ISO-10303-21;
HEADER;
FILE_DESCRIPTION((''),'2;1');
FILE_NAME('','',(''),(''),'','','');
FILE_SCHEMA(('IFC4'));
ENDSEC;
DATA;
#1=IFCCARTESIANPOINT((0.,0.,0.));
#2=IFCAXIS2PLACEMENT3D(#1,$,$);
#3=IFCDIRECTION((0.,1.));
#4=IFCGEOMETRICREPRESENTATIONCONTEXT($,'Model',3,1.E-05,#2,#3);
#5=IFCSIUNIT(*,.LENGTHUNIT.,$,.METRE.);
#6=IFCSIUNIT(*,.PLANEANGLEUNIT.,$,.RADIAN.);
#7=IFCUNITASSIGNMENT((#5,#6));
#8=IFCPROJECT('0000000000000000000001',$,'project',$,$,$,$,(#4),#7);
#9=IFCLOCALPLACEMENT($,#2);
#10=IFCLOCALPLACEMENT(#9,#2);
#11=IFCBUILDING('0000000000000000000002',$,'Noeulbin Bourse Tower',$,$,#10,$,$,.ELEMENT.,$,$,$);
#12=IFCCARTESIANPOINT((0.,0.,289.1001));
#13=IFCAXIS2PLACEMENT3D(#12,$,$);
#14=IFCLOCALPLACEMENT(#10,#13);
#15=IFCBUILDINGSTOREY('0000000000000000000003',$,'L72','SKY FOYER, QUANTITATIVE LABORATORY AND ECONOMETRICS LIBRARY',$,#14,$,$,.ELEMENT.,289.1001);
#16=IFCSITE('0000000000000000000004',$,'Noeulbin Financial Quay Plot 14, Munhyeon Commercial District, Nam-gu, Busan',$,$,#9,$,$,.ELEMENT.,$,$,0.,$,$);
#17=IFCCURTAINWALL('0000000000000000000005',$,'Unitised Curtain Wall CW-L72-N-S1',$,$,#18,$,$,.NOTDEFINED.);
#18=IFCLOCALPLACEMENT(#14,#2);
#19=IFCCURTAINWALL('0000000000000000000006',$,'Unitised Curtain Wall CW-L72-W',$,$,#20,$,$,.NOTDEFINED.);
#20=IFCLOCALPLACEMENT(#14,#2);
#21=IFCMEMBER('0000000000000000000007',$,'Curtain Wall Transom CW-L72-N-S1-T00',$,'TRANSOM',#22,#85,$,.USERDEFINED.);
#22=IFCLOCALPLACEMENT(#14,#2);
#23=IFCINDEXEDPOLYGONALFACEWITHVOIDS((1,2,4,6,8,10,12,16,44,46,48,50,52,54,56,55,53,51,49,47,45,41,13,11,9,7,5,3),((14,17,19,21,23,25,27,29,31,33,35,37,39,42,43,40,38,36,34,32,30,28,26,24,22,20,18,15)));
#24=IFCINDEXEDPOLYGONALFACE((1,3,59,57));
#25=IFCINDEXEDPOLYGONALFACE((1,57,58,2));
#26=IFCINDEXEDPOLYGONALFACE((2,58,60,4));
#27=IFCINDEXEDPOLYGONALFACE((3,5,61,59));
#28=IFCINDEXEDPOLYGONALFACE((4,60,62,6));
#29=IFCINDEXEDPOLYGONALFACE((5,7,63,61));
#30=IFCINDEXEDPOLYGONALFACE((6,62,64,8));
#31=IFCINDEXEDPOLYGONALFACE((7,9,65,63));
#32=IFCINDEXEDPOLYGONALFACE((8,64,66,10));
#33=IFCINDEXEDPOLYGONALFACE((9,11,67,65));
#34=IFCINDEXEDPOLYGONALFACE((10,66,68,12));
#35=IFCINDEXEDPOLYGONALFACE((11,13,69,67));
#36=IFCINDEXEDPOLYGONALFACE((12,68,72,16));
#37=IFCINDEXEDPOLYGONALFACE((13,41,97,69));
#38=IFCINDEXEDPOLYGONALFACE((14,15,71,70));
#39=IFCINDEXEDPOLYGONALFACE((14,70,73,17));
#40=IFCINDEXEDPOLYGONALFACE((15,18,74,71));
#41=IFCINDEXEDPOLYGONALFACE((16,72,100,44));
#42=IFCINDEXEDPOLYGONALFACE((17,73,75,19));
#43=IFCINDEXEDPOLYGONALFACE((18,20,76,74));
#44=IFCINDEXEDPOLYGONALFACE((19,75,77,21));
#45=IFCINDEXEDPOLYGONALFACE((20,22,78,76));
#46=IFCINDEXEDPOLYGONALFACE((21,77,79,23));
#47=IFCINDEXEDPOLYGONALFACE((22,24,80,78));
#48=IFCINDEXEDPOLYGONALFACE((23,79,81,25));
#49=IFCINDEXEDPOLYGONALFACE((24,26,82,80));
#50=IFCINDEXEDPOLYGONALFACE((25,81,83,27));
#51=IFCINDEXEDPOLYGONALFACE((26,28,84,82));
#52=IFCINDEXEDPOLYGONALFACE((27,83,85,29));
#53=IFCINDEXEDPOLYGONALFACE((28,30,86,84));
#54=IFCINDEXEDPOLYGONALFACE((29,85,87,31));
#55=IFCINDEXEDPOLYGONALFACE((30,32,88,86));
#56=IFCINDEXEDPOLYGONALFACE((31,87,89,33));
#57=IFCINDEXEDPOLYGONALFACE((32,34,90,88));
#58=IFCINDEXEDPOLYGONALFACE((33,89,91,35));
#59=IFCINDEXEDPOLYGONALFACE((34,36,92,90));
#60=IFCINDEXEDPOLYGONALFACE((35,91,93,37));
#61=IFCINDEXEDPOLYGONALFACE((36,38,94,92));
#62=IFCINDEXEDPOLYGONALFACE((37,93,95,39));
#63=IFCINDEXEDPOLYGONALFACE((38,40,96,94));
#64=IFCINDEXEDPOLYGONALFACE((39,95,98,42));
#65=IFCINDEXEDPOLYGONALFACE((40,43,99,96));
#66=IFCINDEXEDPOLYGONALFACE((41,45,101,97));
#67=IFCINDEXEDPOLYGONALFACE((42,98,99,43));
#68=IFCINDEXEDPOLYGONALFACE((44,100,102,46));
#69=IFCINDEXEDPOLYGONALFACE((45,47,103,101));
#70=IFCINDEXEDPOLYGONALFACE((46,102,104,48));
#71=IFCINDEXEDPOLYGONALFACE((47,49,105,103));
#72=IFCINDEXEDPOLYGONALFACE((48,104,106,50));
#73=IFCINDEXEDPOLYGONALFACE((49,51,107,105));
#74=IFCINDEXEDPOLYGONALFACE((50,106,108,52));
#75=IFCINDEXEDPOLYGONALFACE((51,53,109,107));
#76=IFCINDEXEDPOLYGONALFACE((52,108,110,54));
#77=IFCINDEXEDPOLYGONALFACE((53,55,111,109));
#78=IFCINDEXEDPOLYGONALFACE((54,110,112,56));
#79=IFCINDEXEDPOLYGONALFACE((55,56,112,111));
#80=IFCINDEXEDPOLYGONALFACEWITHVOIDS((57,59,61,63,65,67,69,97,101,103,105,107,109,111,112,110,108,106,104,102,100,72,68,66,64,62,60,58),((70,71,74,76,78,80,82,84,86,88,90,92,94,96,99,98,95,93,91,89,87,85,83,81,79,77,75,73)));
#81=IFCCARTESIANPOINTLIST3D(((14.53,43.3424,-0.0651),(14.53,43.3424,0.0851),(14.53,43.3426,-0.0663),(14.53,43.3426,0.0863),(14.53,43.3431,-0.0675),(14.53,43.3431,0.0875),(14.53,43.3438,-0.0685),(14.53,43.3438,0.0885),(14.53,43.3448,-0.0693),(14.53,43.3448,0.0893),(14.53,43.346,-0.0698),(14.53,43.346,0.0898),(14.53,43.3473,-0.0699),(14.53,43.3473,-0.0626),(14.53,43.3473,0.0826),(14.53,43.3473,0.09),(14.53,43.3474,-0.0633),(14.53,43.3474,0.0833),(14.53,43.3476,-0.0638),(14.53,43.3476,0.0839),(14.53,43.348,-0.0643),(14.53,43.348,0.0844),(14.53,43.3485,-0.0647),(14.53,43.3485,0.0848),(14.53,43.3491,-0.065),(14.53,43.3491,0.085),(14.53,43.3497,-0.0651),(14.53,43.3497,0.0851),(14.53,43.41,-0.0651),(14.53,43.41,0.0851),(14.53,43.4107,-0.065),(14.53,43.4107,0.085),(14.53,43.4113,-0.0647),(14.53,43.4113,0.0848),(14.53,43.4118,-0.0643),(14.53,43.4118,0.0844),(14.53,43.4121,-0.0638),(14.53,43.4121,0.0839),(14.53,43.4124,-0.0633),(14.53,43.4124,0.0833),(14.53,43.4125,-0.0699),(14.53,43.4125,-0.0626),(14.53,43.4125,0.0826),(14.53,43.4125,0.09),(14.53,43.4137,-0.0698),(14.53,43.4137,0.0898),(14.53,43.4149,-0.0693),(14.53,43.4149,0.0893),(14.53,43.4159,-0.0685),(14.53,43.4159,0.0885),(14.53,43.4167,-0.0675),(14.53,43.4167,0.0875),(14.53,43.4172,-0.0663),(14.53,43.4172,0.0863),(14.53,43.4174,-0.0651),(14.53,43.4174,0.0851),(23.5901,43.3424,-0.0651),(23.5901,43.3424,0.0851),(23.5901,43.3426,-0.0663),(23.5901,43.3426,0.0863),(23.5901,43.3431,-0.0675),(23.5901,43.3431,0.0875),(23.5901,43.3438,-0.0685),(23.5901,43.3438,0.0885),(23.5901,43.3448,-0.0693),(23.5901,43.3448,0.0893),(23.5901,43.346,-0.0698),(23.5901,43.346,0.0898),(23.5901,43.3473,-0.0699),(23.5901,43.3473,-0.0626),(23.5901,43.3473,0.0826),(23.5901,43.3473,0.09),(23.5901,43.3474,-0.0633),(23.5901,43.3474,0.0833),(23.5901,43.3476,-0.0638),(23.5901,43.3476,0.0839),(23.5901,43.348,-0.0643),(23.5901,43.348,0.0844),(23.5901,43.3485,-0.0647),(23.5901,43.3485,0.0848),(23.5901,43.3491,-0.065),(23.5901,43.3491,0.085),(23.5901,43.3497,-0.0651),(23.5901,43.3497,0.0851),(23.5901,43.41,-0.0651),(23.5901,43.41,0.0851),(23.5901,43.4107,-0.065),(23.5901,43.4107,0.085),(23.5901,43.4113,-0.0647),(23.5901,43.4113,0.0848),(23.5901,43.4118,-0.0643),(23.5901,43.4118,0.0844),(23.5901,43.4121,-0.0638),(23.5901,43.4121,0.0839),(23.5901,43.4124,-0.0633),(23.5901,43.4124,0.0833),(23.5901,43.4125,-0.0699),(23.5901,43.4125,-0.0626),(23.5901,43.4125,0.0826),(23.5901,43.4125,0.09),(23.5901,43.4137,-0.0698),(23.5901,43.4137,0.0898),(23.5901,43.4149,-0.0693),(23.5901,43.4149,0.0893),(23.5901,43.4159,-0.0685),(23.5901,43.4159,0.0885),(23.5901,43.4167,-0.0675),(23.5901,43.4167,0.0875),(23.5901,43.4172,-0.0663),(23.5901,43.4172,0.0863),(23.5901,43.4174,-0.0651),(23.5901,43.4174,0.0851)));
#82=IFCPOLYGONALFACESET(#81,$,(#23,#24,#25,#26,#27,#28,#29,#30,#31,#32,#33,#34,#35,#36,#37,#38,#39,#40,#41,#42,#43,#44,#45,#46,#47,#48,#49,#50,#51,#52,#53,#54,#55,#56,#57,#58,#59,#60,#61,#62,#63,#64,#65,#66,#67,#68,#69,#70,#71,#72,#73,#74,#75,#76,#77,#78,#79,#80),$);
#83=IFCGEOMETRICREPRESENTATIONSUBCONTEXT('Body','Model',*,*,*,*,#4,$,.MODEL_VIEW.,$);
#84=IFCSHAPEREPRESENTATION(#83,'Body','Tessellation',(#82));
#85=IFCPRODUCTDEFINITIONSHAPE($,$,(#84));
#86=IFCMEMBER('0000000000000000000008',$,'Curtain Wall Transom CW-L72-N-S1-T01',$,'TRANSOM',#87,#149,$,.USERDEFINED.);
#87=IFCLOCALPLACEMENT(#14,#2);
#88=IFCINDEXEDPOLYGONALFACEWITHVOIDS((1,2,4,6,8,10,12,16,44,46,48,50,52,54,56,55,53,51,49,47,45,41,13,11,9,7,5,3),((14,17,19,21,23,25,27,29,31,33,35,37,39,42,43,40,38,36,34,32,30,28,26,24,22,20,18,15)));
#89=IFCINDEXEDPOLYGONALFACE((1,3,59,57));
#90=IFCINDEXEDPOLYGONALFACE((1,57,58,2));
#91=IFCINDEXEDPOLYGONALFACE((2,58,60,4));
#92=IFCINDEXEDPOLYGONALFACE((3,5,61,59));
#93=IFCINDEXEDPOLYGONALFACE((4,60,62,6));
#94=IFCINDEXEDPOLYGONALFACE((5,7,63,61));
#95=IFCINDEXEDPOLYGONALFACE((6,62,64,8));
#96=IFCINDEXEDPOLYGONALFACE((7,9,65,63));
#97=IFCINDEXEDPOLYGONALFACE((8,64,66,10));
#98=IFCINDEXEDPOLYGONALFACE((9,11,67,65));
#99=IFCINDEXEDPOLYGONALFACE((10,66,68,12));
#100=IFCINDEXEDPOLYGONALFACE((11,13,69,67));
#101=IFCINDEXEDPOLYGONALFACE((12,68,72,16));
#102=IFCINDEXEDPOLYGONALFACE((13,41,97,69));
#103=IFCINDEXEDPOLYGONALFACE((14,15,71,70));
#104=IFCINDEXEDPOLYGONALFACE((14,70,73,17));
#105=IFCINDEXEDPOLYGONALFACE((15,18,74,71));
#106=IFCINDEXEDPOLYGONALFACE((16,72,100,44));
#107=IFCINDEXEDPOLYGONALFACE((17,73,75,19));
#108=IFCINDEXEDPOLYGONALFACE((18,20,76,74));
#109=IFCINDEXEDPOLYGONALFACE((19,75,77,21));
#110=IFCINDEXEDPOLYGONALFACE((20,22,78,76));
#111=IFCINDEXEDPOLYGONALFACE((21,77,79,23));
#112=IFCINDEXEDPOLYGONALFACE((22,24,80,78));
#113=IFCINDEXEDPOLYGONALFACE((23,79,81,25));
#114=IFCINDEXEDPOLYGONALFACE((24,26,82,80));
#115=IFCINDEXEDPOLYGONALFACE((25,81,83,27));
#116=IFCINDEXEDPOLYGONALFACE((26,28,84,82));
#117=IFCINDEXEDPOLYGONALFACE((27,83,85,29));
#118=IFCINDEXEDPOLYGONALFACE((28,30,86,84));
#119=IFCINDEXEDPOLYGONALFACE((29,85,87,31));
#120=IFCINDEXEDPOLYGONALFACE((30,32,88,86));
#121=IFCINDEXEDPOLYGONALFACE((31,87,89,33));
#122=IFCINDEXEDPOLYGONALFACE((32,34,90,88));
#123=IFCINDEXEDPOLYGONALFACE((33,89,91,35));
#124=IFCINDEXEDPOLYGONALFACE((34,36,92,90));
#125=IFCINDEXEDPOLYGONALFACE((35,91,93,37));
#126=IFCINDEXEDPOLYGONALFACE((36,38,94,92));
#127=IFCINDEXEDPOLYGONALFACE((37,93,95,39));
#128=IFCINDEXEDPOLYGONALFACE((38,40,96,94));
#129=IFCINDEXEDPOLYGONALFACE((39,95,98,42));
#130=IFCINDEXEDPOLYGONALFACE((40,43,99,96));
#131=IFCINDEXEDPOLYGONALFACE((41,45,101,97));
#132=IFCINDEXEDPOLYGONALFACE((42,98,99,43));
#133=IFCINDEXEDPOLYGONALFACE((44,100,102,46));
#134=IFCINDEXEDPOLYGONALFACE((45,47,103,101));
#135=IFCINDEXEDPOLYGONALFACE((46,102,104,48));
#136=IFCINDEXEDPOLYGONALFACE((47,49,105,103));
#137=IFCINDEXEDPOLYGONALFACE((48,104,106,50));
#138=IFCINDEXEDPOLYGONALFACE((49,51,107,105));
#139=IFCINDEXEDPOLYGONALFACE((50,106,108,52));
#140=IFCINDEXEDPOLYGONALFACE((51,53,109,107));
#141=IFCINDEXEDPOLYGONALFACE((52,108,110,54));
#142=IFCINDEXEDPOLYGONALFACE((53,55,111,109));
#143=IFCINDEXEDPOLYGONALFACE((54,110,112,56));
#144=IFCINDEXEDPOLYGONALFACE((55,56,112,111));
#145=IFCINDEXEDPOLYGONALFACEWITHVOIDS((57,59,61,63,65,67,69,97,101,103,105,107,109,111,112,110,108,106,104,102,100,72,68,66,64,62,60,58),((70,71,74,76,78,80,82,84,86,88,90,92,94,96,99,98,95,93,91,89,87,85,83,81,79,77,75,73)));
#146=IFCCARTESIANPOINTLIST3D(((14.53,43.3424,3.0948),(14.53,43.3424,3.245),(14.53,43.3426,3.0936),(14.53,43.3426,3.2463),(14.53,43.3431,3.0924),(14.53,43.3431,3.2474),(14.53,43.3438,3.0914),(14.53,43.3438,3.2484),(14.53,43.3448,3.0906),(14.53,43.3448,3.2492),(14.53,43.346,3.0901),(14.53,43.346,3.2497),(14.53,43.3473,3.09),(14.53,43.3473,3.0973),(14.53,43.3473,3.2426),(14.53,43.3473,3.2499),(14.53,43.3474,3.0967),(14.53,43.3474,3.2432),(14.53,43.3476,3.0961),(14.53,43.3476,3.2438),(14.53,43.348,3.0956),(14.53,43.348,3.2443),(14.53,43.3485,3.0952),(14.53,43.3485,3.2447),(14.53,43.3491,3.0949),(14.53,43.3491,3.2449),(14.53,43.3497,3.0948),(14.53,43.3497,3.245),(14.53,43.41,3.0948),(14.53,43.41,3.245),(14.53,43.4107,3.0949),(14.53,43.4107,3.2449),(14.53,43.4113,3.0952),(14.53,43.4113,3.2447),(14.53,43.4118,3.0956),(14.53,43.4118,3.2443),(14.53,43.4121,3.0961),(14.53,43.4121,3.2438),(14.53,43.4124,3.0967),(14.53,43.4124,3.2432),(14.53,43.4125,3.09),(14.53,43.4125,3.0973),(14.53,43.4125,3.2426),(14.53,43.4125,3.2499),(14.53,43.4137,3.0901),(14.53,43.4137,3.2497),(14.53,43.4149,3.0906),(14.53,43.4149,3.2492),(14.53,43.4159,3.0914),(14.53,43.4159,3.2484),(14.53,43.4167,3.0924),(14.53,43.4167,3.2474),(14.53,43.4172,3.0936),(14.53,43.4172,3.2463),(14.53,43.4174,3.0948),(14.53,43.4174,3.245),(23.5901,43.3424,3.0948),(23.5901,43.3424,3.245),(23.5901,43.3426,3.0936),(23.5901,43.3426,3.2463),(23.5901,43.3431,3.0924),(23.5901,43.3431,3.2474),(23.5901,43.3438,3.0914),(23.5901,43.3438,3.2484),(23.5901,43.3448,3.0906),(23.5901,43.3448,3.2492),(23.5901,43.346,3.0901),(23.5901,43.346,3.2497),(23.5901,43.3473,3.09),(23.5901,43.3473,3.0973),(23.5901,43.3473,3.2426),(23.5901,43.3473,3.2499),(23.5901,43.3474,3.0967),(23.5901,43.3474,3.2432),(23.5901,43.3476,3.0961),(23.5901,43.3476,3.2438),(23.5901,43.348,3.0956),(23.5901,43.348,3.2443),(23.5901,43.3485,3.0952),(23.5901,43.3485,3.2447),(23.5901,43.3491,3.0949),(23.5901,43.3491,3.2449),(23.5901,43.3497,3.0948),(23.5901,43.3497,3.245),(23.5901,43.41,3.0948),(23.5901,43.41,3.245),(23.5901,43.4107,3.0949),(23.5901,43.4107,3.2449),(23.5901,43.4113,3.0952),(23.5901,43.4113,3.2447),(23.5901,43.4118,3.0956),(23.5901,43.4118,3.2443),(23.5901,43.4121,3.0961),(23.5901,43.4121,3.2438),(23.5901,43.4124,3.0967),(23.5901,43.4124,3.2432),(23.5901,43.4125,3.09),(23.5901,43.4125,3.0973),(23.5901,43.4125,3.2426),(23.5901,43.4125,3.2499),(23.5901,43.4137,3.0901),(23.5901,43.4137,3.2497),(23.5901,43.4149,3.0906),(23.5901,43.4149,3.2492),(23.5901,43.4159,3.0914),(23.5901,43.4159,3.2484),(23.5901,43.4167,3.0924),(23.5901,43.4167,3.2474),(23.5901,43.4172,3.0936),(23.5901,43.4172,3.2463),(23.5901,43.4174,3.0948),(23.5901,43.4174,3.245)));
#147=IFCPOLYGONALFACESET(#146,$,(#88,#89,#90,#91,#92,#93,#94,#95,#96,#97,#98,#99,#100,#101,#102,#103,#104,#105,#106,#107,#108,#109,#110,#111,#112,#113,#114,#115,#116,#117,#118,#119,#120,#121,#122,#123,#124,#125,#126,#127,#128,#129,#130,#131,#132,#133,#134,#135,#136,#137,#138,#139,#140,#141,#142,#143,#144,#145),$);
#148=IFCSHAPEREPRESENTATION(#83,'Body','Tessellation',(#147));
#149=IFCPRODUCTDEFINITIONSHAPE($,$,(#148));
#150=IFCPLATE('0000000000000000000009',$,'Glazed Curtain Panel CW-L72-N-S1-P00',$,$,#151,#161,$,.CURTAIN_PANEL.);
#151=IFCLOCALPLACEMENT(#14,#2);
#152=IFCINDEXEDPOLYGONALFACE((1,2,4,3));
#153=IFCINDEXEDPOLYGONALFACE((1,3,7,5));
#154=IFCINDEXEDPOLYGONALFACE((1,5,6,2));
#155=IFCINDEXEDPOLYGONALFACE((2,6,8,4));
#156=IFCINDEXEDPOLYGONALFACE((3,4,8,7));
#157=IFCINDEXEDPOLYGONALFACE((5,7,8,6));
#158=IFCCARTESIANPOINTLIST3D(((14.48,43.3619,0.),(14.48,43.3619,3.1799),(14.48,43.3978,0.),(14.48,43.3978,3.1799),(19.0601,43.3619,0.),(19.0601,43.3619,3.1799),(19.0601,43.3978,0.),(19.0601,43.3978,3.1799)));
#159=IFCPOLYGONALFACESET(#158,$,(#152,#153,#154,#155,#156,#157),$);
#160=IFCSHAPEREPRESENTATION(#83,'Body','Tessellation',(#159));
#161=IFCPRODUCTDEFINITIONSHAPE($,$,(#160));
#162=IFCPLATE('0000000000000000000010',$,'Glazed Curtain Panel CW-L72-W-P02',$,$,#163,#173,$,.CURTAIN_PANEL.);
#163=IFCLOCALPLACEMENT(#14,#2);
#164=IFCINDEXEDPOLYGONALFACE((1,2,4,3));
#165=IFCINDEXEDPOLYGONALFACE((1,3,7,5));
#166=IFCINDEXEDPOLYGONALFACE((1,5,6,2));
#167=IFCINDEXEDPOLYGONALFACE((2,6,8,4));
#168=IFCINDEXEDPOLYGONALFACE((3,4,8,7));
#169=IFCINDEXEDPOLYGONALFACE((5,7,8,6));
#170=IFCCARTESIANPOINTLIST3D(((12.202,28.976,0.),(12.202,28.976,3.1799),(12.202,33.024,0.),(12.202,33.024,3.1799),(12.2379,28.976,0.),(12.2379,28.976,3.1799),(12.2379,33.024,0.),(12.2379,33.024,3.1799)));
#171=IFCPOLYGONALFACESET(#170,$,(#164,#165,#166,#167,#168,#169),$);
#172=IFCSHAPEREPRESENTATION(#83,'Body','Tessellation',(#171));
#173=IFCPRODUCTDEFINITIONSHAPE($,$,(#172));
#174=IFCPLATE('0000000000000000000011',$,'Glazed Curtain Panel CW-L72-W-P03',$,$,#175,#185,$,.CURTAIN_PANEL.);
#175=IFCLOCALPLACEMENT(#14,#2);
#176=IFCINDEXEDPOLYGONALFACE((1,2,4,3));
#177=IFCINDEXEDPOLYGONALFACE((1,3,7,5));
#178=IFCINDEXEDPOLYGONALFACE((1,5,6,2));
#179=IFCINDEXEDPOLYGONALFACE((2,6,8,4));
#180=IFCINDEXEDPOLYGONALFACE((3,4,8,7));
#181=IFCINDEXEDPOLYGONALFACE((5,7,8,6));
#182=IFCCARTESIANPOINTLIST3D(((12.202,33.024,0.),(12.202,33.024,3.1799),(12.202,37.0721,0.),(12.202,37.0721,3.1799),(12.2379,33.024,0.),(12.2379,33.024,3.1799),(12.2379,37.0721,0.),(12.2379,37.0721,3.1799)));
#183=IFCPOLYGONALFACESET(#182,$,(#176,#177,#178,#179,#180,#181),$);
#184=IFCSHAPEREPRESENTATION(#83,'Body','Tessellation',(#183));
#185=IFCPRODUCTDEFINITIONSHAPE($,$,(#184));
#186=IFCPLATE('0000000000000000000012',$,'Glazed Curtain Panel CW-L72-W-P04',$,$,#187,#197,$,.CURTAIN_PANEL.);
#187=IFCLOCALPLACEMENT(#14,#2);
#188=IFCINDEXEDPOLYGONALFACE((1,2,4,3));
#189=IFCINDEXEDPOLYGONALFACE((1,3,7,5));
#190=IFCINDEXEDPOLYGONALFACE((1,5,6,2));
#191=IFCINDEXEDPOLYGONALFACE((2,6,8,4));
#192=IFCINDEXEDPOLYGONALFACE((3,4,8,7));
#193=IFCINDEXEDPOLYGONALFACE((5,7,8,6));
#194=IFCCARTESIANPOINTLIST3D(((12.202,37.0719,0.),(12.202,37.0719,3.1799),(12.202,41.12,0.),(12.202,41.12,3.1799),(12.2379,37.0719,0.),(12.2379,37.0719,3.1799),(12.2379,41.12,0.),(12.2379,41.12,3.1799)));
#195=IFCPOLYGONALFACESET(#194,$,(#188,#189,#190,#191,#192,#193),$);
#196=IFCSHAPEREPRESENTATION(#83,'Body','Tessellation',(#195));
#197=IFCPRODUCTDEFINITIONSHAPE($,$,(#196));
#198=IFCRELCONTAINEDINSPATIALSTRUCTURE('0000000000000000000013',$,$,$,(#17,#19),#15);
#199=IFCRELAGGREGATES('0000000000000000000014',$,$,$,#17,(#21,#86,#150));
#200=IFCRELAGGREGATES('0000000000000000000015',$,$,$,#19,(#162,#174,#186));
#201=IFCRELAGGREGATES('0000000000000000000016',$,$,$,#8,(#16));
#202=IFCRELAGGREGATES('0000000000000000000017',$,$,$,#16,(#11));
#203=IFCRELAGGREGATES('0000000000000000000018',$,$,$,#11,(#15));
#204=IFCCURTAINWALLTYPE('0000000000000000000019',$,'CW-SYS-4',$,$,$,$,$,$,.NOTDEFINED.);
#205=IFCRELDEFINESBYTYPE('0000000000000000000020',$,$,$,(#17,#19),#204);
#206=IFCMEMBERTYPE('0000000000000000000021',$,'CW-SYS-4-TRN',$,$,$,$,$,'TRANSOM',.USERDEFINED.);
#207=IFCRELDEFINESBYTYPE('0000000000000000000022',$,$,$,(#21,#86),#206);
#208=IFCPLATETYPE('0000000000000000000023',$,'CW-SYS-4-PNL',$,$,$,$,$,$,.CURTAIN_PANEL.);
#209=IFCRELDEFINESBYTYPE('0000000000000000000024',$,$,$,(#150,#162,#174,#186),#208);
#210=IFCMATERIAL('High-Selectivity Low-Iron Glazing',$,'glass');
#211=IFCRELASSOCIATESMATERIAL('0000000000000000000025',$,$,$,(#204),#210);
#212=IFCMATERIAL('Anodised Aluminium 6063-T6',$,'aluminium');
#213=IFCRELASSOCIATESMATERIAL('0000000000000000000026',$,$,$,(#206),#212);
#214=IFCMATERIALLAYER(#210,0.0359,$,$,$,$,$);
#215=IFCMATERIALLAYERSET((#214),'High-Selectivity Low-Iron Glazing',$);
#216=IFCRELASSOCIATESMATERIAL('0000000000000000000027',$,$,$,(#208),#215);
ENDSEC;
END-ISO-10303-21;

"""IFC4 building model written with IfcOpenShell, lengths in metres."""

from ifc_helpers import new_model, si_unit, direction, frame, origin, origin_2d, place, context, subcontext, project, spatial, rectangle, hollow_rectangle, extrude, material, layer, layer_set, material_profile, profile_set, type_object, element, aggregate, save


model = new_model("IFC4")

# Units and contexts
model_context = context("Model", 3, precision=1e-05, world=origin(), true_north=direction((0.0, 1.0)))
body_context = subcontext(model_context, "Body", "Model", "MODEL_VIEW")
ifc_project = project(units=[si_unit("LENGTHUNIT", "METRE"), si_unit("PLANEANGLEUNIT", "RADIAN")], contexts=[model_context])

# Site, building, storey
site_placement = place(None, origin())
site = spatial("IfcSite", under=ifc_project, at=site_placement, Name="Noeulbin Financial Quay Plot 14, Munhyeon Commercial District, Nam-gu, Busan", CompositionType="ELEMENT", RefElevation=0.0)
building_placement = place(site_placement, origin())
building = spatial("IfcBuilding", under=site, at=building_placement, Name="Noeulbin Bourse Tower", CompositionType="ELEMENT")
storey_placement = place(building_placement, frame((0.0, 0.0, 289.1001)))
storey = spatial("IfcBuildingStorey", under=building, at=storey_placement, Name="L72", Description="SKY FOYER, QUANTITATIVE LABORATORY AND ECONOMETRICS LIBRARY", CompositionType="ELEMENT", Elevation=289.1001)

# Curtain wall
ifc_material_1 = material(Name="High-Selectivity Low-Iron Glazing", Category="glass")
curtain_wall_type = type_object("IfcCurtainWallType", Name="CW-SYS-4", PredefinedType="NOTDEFINED", material=ifc_material_1)
curtain_wall_1_placement = place(storey_placement, origin())
curtain_wall_1 = element("IfcCurtainWall", 1, at=curtain_wall_1_placement, inside=storey, type_object=curtain_wall_type, Name="Unitised Curtain Wall CW-L72-N-S1", PredefinedType="NOTDEFINED")
ifc_material_2 = material(Name="Anodised Aluminium 6063-T6", Category="aluminium")

# Curtain wall
curtain_wall_2_placement = place(storey_placement, origin())
curtain_wall_2 = element("IfcCurtainWall", 2, at=curtain_wall_2_placement, inside=storey, type_object=curtain_wall_type, Name="Unitised Curtain Wall CW-L72-W", PredefinedType="NOTDEFINED")

# Members
ifc_material_profile_1 = material_profile(ifc_material_2, hollow_rectangle(XDim=0.075, YDim=0.1599, WallThickness=0.0049, InnerFilletRadius=0.0024, OuterFilletRadius=0.0049, at=origin_2d()), Name="ALU-TRAN-75x160x5", Category="LoadBearing")
ifc_profile_set_1 = profile_set([ifc_material_profile_1], Name="Anodised Aluminium 6063-T6")
member_type_1 = type_object("IfcMemberType", Name="CW-SYS-4-TRN", ElementType="TRANSOM", PredefinedType="USERDEFINED", material=ifc_profile_set_1)
member_1_placement = place(storey_placement, frame((14.53, 43.3799, 0.01), z_axis=(1.0, 0.0, 0.0), x_axis=(0.0, 1.0, 0.0)))
member_1 = element("IfcMember", 3, at=member_1_placement, type_object=member_type_1, Name="Curtain Wall Transom CW-L72-N-S1-T00", ObjectType="TRANSOM", PredefinedType="USERDEFINED", context=body_context, shape_type="SweptSolid", body=[
    extrude(hollow_rectangle(XDim=0.075, YDim=0.1599, WallThickness=0.0049, InnerFilletRadius=0.0024, OuterFilletRadius=0.0049, at=origin_2d()), origin(), (0.0, 0.0, 1.0), 9.0601),
])
member_2_placement = place(storey_placement, frame((14.53, 43.3799, 3.1699), z_axis=(1.0, 0.0, 0.0), x_axis=(0.0, 1.0, 0.0)))
member_2 = element("IfcMember", 4, at=member_2_placement, type_object=member_type_1, Name="Curtain Wall Transom CW-L72-N-S1-T01", ObjectType="TRANSOM", PredefinedType="USERDEFINED", context=body_context, shape_type="SweptSolid", body=[
    extrude(hollow_rectangle(XDim=0.075, YDim=0.1599, WallThickness=0.0049, InnerFilletRadius=0.0024, OuterFilletRadius=0.0049, at=origin_2d()), origin(), (0.0, 0.0, 1.0), 9.0601),
])

# Plates
ifc_layer_1 = layer(ifc_material_1, 0.0359)
ifc_layer_set_1 = layer_set([ifc_layer_1], Name="High-Selectivity Low-Iron Glazing")
plate_type_1 = type_object("IfcPlateType", Name="CW-SYS-4-PNL", PredefinedType="CURTAIN_PANEL", material=ifc_layer_set_1)
plate_1_placement = place(storey_placement, frame((16.77, 43.3799, 0.0), z_axis=(0.0, 0.0, 1.0), x_axis=(1.0, 0.0, 0.0)))
plate_1 = element("IfcPlate", 5, at=plate_1_placement, type_object=plate_type_1, Name="Glazed Curtain Panel CW-L72-N-S1-P00", PredefinedType="CURTAIN_PANEL", context=body_context, shape_type="SweptSolid", body=[
    extrude(rectangle(XDim=4.5801, YDim=0.0359, at=origin_2d()), origin(), (0.0, 0.0, 1.0), 3.1799),
])
aggregate(curtain_wall_1, [member_1, member_2, plate_1])
plate_2_placement = place(storey_placement, frame((12.22, 31.0, 0.0), z_axis=(0.0, 0.0, 1.0), x_axis=(0.0, 1.0, 0.0)))
plate_2 = element("IfcPlate", 6, at=plate_2_placement, type_object=plate_type_1, Name="Glazed Curtain Panel CW-L72-W-P02", PredefinedType="CURTAIN_PANEL", context=body_context, shape_type="SweptSolid", body=[
    extrude(rectangle(XDim=4.0481, YDim=0.0359, at=origin_2d()), origin(), (0.0, 0.0, 1.0), 3.1799),
])
plate_3_placement = place(storey_placement, frame((12.22, 35.0481, 0.0), z_axis=(0.0, 0.0, 1.0), x_axis=(0.0, 1.0, 0.0)))
plate_3 = element("IfcPlate", 7, at=plate_3_placement, type_object=plate_type_1, Name="Glazed Curtain Panel CW-L72-W-P03", PredefinedType="CURTAIN_PANEL", context=body_context, shape_type="SweptSolid", body=[
    extrude(rectangle(XDim=4.0481, YDim=0.0359, at=origin_2d()), origin(), (0.0, 0.0, 1.0), 3.1799),
])
plate_4_placement = place(storey_placement, frame((12.22, 39.0959, 0.0), z_axis=(0.0, 0.0, 1.0), x_axis=(0.0, 1.0, 0.0)))
plate_4 = element("IfcPlate", 8, at=plate_4_placement, type_object=plate_type_1, Name="Glazed Curtain Panel CW-L72-W-P04", PredefinedType="CURTAIN_PANEL", context=body_context, shape_type="SweptSolid", body=[
    extrude(rectangle(XDim=4.0481, YDim=0.0359, at=origin_2d()), origin(), (0.0, 0.0, 1.0), 3.1799),
])
aggregate(curtain_wall_2, [plate_2, plate_3, plate_4])

save(model, "model.ifc")
